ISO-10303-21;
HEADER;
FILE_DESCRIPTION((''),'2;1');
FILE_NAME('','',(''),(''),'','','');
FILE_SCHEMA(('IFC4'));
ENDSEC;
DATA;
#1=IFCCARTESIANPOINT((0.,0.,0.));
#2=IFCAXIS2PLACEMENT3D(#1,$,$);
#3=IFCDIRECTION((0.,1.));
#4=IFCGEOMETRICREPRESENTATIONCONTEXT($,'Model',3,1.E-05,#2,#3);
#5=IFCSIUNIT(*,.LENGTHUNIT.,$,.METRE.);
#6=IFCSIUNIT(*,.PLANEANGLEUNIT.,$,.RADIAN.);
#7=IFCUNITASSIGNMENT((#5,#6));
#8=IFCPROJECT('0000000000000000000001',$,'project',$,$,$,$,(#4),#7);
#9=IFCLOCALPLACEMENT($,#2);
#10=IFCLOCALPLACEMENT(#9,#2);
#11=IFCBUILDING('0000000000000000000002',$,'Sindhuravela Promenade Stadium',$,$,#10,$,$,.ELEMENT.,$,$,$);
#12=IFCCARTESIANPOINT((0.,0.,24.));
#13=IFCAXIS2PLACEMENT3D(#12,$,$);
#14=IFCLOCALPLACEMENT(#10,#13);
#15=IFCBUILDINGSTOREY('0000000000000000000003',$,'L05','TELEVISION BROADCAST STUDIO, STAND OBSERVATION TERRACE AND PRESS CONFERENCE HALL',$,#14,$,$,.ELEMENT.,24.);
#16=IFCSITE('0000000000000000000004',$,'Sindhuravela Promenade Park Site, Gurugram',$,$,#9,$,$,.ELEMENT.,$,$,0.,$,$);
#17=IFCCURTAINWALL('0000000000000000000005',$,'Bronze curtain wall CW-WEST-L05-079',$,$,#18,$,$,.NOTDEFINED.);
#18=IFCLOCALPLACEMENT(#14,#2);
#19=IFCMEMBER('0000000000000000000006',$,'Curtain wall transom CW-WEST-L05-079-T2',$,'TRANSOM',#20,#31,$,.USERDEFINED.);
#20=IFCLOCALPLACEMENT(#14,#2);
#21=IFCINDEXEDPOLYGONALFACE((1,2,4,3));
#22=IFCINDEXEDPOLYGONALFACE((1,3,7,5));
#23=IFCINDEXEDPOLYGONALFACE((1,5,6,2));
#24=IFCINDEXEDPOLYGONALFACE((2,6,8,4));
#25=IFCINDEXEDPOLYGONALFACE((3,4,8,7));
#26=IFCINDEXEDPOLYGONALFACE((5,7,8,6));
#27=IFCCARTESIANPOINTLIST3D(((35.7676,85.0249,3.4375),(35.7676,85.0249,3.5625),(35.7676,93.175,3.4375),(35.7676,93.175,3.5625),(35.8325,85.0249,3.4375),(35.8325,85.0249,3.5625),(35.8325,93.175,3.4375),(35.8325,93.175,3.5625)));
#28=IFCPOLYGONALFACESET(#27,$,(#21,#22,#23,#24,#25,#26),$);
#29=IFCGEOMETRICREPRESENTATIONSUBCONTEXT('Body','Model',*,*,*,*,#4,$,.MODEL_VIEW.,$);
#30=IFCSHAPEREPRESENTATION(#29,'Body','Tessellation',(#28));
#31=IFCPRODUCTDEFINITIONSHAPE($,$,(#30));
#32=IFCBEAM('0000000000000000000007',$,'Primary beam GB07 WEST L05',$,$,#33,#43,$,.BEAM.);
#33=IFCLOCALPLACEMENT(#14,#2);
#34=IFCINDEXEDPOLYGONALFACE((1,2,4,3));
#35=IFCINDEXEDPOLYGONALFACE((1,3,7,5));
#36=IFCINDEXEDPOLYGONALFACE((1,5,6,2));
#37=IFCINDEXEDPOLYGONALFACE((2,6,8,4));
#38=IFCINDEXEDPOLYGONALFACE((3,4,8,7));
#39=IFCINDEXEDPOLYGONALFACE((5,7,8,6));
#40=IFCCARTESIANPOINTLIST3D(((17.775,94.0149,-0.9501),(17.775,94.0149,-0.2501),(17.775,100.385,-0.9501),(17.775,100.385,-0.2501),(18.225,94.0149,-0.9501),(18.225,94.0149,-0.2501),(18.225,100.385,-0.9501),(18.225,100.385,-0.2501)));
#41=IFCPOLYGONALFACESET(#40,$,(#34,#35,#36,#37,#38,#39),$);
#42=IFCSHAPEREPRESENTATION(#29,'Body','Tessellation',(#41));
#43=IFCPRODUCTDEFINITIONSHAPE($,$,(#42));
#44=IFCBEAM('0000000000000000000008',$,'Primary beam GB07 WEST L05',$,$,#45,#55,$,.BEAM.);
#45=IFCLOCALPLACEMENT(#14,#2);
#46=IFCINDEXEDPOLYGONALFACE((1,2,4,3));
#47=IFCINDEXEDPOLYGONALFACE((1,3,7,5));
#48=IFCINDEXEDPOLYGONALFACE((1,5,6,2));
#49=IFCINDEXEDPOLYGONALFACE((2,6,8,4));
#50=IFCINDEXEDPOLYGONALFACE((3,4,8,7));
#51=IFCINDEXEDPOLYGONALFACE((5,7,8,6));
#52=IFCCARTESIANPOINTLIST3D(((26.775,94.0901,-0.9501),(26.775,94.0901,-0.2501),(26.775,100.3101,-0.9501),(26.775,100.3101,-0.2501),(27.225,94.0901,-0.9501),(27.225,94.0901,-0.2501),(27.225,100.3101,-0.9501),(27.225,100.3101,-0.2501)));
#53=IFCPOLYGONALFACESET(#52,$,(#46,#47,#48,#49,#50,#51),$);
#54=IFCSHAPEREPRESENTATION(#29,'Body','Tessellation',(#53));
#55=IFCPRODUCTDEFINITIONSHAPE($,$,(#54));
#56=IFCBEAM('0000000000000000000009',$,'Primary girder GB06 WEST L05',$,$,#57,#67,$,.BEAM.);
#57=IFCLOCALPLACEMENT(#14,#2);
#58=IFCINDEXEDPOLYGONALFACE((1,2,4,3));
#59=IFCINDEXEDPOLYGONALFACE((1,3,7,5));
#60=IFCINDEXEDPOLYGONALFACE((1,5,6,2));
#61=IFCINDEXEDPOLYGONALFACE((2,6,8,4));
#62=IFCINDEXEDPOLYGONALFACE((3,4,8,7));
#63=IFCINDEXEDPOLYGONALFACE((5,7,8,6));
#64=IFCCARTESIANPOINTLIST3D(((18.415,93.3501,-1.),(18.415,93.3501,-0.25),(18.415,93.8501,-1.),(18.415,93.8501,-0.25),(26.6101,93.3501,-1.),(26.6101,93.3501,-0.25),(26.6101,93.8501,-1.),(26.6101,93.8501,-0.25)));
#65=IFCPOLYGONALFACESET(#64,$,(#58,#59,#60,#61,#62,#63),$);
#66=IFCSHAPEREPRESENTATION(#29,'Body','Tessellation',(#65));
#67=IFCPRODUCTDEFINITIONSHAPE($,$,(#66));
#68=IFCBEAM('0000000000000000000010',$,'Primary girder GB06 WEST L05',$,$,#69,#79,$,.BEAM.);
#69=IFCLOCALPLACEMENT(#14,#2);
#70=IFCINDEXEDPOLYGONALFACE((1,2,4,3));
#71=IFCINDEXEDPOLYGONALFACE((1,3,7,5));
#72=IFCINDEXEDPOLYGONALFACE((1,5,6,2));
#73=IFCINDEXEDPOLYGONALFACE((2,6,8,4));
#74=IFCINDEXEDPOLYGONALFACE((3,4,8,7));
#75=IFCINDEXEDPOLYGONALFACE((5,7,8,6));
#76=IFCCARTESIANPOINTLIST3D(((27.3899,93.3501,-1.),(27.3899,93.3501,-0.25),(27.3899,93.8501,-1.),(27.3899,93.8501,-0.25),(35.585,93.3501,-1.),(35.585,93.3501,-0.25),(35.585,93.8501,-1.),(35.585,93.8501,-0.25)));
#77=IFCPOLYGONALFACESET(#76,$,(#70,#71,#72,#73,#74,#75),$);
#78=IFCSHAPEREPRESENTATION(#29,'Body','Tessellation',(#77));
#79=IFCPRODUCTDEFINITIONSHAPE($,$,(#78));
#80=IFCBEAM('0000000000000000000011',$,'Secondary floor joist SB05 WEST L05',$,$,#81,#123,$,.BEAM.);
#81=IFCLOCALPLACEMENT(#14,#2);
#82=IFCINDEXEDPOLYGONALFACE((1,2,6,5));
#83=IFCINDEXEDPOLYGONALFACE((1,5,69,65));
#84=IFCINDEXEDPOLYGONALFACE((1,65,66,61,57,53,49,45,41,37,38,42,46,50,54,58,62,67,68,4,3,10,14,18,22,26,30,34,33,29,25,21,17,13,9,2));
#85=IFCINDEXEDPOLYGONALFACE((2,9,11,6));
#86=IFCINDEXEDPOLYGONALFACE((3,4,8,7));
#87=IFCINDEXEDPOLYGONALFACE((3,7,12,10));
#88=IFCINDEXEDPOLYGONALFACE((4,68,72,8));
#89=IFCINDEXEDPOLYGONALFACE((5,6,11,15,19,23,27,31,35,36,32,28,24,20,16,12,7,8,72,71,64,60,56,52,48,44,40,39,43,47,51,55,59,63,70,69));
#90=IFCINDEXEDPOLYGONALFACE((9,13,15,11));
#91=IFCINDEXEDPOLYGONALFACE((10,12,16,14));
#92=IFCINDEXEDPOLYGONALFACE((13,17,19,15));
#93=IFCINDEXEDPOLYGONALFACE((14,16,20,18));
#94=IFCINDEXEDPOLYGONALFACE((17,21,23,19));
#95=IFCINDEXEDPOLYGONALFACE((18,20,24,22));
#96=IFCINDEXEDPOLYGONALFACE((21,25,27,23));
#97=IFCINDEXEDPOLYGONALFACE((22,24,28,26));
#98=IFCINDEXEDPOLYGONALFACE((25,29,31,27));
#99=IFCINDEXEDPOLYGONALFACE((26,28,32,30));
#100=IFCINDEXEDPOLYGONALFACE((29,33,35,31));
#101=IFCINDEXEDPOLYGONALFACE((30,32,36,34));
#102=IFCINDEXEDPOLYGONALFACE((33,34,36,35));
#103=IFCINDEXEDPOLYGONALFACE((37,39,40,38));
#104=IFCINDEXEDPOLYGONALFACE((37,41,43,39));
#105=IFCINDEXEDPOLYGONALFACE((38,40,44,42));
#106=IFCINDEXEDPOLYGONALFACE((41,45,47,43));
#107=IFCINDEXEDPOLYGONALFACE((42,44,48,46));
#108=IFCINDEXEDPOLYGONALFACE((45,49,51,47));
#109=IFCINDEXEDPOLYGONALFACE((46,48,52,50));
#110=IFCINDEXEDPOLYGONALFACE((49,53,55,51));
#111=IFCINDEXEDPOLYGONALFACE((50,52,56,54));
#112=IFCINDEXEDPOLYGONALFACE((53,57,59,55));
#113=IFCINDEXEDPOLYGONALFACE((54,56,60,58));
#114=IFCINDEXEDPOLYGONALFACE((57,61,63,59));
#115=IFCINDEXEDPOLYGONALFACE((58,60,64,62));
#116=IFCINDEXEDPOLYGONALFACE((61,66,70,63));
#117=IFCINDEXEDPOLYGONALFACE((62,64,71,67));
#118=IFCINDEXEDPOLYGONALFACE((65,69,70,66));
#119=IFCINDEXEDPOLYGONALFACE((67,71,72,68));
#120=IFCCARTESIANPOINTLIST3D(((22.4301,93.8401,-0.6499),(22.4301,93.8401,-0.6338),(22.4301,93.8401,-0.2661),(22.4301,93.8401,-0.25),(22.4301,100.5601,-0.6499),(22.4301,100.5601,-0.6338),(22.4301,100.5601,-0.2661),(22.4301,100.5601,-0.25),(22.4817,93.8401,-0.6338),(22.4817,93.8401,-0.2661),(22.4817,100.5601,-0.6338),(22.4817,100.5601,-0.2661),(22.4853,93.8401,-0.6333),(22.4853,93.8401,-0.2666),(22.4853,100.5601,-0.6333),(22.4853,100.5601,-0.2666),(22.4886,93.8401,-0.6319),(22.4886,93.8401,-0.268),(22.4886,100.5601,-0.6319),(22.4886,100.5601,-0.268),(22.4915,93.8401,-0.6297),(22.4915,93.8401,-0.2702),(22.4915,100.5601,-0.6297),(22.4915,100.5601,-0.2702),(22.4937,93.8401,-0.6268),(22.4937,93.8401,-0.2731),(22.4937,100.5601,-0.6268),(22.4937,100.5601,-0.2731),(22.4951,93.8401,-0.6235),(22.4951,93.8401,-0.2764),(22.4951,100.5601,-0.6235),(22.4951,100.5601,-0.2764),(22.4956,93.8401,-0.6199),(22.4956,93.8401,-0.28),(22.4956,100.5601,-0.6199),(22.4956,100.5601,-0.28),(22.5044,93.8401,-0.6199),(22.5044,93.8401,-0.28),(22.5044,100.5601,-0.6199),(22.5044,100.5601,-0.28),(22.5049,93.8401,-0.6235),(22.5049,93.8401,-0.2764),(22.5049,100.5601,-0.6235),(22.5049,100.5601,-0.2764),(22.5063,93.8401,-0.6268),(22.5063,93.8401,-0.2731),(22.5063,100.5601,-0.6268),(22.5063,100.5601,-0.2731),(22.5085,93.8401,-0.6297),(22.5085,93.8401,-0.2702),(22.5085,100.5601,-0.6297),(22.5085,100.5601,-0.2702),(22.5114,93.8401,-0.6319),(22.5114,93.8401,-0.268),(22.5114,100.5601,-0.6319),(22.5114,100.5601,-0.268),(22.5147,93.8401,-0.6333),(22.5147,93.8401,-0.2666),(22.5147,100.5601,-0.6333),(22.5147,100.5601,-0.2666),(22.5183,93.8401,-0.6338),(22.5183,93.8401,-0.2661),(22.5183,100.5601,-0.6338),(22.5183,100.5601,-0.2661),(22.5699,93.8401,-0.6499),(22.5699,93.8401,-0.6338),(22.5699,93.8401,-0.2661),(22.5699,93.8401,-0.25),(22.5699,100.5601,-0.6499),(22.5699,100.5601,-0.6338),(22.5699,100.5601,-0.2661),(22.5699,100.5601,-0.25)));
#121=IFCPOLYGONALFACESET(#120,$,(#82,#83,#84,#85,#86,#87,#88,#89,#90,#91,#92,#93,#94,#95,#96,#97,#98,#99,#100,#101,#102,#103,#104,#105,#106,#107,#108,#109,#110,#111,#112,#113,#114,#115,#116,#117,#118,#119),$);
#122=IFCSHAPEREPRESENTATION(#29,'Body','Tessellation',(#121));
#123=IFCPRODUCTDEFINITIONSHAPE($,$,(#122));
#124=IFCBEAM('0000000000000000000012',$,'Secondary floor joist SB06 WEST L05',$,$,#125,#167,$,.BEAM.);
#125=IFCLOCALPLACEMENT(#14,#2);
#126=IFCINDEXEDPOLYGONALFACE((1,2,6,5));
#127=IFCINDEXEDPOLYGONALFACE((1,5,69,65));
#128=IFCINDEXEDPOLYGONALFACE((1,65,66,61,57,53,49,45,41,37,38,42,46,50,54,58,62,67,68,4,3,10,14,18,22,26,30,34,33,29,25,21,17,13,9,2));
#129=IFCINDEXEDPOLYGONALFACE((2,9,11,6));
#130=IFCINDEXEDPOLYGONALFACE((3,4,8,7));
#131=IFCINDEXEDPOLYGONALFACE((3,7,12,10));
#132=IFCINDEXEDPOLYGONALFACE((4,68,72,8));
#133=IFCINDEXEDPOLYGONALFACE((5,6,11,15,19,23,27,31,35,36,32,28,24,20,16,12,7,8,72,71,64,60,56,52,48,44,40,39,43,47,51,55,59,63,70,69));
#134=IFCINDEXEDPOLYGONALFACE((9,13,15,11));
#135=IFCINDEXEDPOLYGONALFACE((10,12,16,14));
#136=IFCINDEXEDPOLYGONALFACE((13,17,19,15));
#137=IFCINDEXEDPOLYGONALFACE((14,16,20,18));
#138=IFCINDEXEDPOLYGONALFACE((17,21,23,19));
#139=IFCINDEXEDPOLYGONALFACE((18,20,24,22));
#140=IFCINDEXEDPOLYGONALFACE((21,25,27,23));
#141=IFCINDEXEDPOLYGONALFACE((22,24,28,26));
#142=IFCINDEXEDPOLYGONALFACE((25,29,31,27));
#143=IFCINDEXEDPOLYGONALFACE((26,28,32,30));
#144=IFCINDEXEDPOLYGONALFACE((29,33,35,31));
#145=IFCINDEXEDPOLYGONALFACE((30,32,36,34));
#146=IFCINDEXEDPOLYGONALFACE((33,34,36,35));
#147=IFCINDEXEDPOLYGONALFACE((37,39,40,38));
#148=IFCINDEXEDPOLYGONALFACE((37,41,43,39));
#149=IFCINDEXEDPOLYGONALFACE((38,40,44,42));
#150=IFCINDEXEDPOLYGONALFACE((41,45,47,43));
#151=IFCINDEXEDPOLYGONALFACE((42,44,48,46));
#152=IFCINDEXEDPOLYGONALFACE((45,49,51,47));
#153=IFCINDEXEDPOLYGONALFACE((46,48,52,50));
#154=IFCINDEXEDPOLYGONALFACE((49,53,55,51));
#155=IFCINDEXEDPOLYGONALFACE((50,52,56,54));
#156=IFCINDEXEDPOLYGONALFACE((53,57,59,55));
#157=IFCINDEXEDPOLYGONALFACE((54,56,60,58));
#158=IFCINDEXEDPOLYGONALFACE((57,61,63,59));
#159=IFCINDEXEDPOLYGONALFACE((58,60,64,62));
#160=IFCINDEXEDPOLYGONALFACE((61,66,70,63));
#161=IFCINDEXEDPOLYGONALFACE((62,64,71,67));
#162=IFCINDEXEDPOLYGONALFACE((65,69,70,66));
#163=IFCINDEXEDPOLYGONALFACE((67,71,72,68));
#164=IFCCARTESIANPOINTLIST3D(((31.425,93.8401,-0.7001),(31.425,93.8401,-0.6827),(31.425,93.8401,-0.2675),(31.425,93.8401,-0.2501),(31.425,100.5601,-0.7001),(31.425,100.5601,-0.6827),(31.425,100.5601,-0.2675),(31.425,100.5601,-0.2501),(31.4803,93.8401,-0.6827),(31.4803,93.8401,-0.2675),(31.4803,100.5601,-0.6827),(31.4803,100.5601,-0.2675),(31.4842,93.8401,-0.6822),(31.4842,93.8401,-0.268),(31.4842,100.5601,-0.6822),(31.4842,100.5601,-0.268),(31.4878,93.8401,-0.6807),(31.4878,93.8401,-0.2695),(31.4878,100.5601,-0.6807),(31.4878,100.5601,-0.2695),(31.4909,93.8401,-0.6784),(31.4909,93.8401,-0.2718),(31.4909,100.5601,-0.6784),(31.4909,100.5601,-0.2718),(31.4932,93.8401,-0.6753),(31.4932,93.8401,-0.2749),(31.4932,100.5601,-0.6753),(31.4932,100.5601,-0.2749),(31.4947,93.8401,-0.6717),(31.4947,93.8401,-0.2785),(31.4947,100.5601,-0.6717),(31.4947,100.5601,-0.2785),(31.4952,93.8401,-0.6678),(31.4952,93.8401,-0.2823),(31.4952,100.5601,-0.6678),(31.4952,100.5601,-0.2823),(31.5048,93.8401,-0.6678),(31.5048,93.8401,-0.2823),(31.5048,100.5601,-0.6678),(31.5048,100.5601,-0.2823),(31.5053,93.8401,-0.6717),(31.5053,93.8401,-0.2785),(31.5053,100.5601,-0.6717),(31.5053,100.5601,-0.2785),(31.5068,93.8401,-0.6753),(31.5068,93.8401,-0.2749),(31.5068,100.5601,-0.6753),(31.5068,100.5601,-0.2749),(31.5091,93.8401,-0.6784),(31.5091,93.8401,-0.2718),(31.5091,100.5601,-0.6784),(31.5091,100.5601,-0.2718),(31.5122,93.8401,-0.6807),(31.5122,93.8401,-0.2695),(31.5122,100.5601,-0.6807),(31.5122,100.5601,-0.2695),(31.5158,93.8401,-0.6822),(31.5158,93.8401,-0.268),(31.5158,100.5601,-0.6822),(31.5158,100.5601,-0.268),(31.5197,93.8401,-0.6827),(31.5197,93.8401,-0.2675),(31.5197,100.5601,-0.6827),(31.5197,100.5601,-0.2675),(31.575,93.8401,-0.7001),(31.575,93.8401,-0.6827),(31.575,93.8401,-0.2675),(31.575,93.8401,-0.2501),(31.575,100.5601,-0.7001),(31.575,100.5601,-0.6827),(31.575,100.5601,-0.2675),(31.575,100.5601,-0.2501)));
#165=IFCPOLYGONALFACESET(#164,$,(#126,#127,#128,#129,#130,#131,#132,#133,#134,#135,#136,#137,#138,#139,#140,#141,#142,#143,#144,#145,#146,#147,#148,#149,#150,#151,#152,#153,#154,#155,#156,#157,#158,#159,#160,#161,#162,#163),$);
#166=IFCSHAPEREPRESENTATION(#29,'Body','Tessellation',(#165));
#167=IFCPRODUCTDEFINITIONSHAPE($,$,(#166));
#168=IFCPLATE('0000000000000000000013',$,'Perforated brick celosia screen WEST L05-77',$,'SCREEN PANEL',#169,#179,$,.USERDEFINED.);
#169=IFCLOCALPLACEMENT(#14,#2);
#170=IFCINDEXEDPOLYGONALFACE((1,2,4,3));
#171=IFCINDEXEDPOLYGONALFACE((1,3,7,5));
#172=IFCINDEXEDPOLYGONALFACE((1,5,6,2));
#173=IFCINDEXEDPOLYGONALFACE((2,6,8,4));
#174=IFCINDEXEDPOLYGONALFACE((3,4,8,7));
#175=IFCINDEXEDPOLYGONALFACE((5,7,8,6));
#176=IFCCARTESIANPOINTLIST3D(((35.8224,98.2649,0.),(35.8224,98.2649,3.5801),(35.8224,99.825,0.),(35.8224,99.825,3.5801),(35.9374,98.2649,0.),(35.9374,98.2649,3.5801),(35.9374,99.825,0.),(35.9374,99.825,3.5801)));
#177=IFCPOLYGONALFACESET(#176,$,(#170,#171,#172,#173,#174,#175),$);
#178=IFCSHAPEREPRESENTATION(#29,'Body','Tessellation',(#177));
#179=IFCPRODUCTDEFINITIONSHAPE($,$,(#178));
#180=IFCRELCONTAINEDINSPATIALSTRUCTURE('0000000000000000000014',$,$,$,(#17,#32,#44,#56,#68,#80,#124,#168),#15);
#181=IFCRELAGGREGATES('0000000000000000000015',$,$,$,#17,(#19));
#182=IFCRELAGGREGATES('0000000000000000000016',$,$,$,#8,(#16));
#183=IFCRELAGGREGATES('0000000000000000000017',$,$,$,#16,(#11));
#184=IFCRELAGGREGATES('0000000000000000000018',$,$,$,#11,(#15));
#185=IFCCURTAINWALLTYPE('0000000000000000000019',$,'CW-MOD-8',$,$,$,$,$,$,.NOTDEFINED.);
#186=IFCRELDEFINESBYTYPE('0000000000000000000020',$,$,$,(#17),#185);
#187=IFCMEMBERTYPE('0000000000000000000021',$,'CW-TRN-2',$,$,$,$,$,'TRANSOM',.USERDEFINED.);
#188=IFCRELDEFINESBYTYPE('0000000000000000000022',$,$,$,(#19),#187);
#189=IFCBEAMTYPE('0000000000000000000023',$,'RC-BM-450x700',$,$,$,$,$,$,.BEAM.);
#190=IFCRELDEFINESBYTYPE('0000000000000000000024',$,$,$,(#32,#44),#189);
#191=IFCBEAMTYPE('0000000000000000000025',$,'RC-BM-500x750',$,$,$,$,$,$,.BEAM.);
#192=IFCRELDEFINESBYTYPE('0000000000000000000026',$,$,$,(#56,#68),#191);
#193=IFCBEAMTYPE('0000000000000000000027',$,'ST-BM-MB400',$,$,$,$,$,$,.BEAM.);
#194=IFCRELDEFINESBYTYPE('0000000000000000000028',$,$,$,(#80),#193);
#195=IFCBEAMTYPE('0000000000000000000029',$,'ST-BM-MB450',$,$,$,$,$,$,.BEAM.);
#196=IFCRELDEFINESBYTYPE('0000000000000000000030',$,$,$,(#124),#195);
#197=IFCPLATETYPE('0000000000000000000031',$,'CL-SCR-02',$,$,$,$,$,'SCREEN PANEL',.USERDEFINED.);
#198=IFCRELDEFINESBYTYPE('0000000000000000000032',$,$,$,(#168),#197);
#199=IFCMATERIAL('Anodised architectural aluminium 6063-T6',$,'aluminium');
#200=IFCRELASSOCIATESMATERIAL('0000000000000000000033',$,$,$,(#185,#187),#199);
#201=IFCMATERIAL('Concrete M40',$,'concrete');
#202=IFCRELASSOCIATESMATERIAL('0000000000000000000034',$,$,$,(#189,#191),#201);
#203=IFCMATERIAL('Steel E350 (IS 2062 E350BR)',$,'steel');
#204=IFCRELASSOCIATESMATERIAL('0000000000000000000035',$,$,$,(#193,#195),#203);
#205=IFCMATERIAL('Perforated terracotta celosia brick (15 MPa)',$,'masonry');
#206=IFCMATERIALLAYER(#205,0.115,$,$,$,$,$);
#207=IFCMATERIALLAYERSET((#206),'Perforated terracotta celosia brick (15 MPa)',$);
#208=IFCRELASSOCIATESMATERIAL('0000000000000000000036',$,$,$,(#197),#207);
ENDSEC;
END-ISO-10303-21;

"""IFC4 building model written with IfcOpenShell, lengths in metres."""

from ifc_helpers import new_model, si_unit, direction, frame, origin, origin_2d, place, context, subcontext, project, spatial, rectangle, i_section, extrude, material, layer, layer_set, material_profile, profile_set, type_object, element, aggregate, save


model = new_model("IFC4")

# Units and contexts
model_context = context("Model", 3, precision=1e-05, world=origin(), true_north=direction((0.0, 1.0)))
body_context = subcontext(model_context, "Body", "Model", "MODEL_VIEW")
ifc_project = project(units=[si_unit("LENGTHUNIT", "METRE"), si_unit("PLANEANGLEUNIT", "RADIAN")], contexts=[model_context])

# Site, building, storey
site_placement = place(None, origin())
site = spatial("IfcSite", under=ifc_project, at=site_placement, Name="Sindhuravela Promenade Park Site, Gurugram", CompositionType="ELEMENT", RefElevation=0.0)
building_placement = place(site_placement, origin())
building = spatial("IfcBuilding", under=site, at=building_placement, Name="Sindhuravela Promenade Stadium", CompositionType="ELEMENT")
storey_placement = place(building_placement, frame((0.0, 0.0, 24.0)))
storey = spatial("IfcBuildingStorey", under=building, at=storey_placement, Name="L05", Description="TELEVISION BROADCAST STUDIO, STAND OBSERVATION TERRACE AND PRESS CONFERENCE HALL", CompositionType="ELEMENT", Elevation=24.0)

# Shared definitions
ifc_material_1 = material(Name="Concrete M40", Category="concrete")
ifc_material_2 = material(Name="Steel E350 (IS 2062 E350BR)", Category="steel")

# Curtain wall
ifc_material_3 = material(Name="Anodised architectural aluminium 6063-T6", Category="aluminium")
curtain_wall_type_1 = type_object("IfcCurtainWallType", Name="CW-MOD-8", PredefinedType="NOTDEFINED", material=ifc_material_3)
curtain_wall_1_placement = place(storey_placement, origin())
curtain_wall_1 = element("IfcCurtainWall", 1, at=curtain_wall_1_placement, inside=storey, type_object=curtain_wall_type_1, Name="Bronze curtain wall CW-WEST-L05-079", PredefinedType="NOTDEFINED")

# Member
ifc_material_profile_1 = material_profile(ifc_material_3, rectangle(XDim=0.0649, YDim=0.125, at=origin_2d()), Name="ALU TRAN 65x125")
ifc_profile_set_1 = profile_set([ifc_material_profile_1], Name="Anodised architectural aluminium 6063-T6")
member_type_1 = type_object("IfcMemberType", Name="CW-TRN-2", ElementType="TRANSOM", PredefinedType="USERDEFINED", material=ifc_profile_set_1)
member_1_placement = place(storey_placement, frame((35.8, 93.175, 3.5), z_axis=(0.0, -1.0, 0.0), x_axis=(1.0, 0.0, 0.0)))
member_1 = element("IfcMember", 2, at=member_1_placement, type_object=member_type_1, Name="Curtain wall transom CW-WEST-L05-079-T2", ObjectType="TRANSOM", PredefinedType="USERDEFINED", context=body_context, shape_type="SweptSolid", body=[
    extrude(rectangle(XDim=0.0649, YDim=0.125, at=origin_2d()), origin(), (0.0, 0.0, 1.0), 8.1501),
])

# Beams
ifc_material_profile_2 = material_profile(ifc_material_1, rectangle(XDim=0.45, YDim=0.7, at=origin_2d()), Name="RC 450x700")
ifc_profile_set_2 = profile_set([ifc_material_profile_2], Name="Concrete M40")
beam_type_1 = type_object("IfcBeamType", Name="RC-BM-450x700", PredefinedType="BEAM", material=ifc_profile_set_2)
beam_1_placement = place(storey_placement, frame((18.0, 94.0149, -0.6001), z_axis=(0.0, 1.0, 0.0), x_axis=(-1.0, 0.0, 0.0)))
element("IfcBeam", 3, at=beam_1_placement, inside=storey, type_object=beam_type_1, Name="Primary beam GB07 WEST L05", PredefinedType="BEAM", context=body_context, shape_type="SweptSolid", body=[
    extrude(rectangle(XDim=0.45, YDim=0.7, at=origin_2d()), origin(), (0.0, 0.0, 1.0), 6.3701),
])
beam_2_placement = place(storey_placement, frame((27.0, 94.0901, -0.6001), z_axis=(0.0, 1.0, 0.0), x_axis=(-1.0, 0.0, 0.0)))
element("IfcBeam", 4, at=beam_2_placement, inside=storey, type_object=beam_type_1, Name="Primary beam GB07 WEST L05", PredefinedType="BEAM", context=body_context, shape_type="SweptSolid", body=[
    extrude(rectangle(XDim=0.45, YDim=0.7, at=origin_2d()), origin(), (0.0, 0.0, 1.0), 6.22),
])
ifc_material_profile_3 = material_profile(ifc_material_1, rectangle(XDim=0.5, YDim=0.75, at=origin_2d()), Name="RC 500x750")
ifc_profile_set_3 = profile_set([ifc_material_profile_3], Name="Concrete M40")
beam_type_2 = type_object("IfcBeamType", Name="RC-BM-500x750", PredefinedType="BEAM", material=ifc_profile_set_3)
for number, where, z_axis, x_axis, name in (
    (5, (18.415, 93.6001, -0.625), (1.0, 0.0, 0.0), (0.0, 1.0, 0.0), "Primary girder GB06 WEST L05"),
    (6, (27.3899, 93.6001, -0.625), (1.0, 0.0, 0.0), (0.0, 1.0, 0.0), "Primary girder GB06 WEST L05"),
):
    element("IfcBeam", number, at=place(storey_placement, frame(where, z_axis=z_axis, x_axis=x_axis)), inside=storey, type_object=beam_type_2, Name=name, PredefinedType="BEAM", context=body_context, shape_type="SweptSolid", body=[
        extrude(rectangle(XDim=0.5, YDim=0.75, at=origin_2d()), origin(), (0.0, 0.0, 1.0), 8.1951),
    ])
ifc_material_profile_4 = material_profile(ifc_material_2, i_section(OverallWidth=0.1399, OverallDepth=0.3999, WebThickness=0.0088, FlangeThickness=0.0161, FilletRadius=0.0139, at=origin_2d()), Name="ISMB 400")
ifc_profile_set_4 = profile_set([ifc_material_profile_4], Name="Steel E350 (IS 2062 E350BR)")
beam_type_3 = type_object("IfcBeamType", Name="ST-BM-MB400", PredefinedType="BEAM", material=ifc_profile_set_4)
beam_3_placement = place(storey_placement, frame((22.5, 93.8401, -0.45), z_axis=(0.0, 1.0, 0.0), x_axis=(-1.0, 0.0, 0.0)))
element("IfcBeam", 7, at=beam_3_placement, inside=storey, type_object=beam_type_3, Name="Secondary floor joist SB05 WEST L05", PredefinedType="BEAM", context=body_context, shape_type="SweptSolid", body=[
    extrude(i_section(OverallWidth=0.1399, OverallDepth=0.3999, WebThickness=0.0088, FlangeThickness=0.0161, FilletRadius=0.0139, at=origin_2d()), origin(), (0.0, 0.0, 1.0), 6.72),
])
ifc_material_profile_5 = material_profile(ifc_material_2, i_section(OverallWidth=0.1499, OverallDepth=0.45, WebThickness=0.0095, FlangeThickness=0.0173, FilletRadius=0.0149, at=origin_2d()), Name="ISMB 450")
ifc_profile_set_5 = profile_set([ifc_material_profile_5], Name="Steel E350 (IS 2062 E350BR)")
beam_type_4 = type_object("IfcBeamType", Name="ST-BM-MB450", PredefinedType="BEAM", material=ifc_profile_set_5)
beam_4_placement = place(storey_placement, frame((31.5, 93.8401, -0.4751), z_axis=(0.0, 1.0, 0.0), x_axis=(-1.0, 0.0, 0.0)))
element("IfcBeam", 8, at=beam_4_placement, inside=storey, type_object=beam_type_4, Name="Secondary floor joist SB06 WEST L05", PredefinedType="BEAM", context=body_context, shape_type="SweptSolid", body=[
    extrude(i_section(OverallWidth=0.1499, OverallDepth=0.45, WebThickness=0.0095, FlangeThickness=0.0173, FilletRadius=0.0149, at=origin_2d()), origin(), (0.0, 0.0, 1.0), 6.72),
])

# Plate
ifc_material_4 = material(Name="Perforated terracotta celosia brick (15 MPa)", Category="masonry")
ifc_layer_1 = layer(ifc_material_4, 0.115)
ifc_layer_set_1 = layer_set([ifc_layer_1], Name="Perforated terracotta celosia brick (15 MPa)")
plate_type_1 = type_object("IfcPlateType", Name="CL-SCR-02", ElementType="SCREEN PANEL", PredefinedType="USERDEFINED", material=ifc_layer_set_1)
plate_1_placement = place(storey_placement, frame((35.8799, 99.0449, 0.0), z_axis=(0.0, 0.0, 1.0), x_axis=(0.0, -1.0, 0.0)))
element("IfcPlate", 9, at=plate_1_placement, inside=storey, type_object=plate_type_1, Name="Perforated brick celosia screen WEST L05-77", ObjectType="SCREEN PANEL", PredefinedType="USERDEFINED", context=body_context, shape_type="SweptSolid", body=[
    extrude(rectangle(XDim=1.5601, YDim=0.115, at=origin_2d()), origin(), (0.0, 0.0, 1.0), 3.5801),
])

aggregate(curtain_wall_1, [member_1])

save(model, "model.ifc")
